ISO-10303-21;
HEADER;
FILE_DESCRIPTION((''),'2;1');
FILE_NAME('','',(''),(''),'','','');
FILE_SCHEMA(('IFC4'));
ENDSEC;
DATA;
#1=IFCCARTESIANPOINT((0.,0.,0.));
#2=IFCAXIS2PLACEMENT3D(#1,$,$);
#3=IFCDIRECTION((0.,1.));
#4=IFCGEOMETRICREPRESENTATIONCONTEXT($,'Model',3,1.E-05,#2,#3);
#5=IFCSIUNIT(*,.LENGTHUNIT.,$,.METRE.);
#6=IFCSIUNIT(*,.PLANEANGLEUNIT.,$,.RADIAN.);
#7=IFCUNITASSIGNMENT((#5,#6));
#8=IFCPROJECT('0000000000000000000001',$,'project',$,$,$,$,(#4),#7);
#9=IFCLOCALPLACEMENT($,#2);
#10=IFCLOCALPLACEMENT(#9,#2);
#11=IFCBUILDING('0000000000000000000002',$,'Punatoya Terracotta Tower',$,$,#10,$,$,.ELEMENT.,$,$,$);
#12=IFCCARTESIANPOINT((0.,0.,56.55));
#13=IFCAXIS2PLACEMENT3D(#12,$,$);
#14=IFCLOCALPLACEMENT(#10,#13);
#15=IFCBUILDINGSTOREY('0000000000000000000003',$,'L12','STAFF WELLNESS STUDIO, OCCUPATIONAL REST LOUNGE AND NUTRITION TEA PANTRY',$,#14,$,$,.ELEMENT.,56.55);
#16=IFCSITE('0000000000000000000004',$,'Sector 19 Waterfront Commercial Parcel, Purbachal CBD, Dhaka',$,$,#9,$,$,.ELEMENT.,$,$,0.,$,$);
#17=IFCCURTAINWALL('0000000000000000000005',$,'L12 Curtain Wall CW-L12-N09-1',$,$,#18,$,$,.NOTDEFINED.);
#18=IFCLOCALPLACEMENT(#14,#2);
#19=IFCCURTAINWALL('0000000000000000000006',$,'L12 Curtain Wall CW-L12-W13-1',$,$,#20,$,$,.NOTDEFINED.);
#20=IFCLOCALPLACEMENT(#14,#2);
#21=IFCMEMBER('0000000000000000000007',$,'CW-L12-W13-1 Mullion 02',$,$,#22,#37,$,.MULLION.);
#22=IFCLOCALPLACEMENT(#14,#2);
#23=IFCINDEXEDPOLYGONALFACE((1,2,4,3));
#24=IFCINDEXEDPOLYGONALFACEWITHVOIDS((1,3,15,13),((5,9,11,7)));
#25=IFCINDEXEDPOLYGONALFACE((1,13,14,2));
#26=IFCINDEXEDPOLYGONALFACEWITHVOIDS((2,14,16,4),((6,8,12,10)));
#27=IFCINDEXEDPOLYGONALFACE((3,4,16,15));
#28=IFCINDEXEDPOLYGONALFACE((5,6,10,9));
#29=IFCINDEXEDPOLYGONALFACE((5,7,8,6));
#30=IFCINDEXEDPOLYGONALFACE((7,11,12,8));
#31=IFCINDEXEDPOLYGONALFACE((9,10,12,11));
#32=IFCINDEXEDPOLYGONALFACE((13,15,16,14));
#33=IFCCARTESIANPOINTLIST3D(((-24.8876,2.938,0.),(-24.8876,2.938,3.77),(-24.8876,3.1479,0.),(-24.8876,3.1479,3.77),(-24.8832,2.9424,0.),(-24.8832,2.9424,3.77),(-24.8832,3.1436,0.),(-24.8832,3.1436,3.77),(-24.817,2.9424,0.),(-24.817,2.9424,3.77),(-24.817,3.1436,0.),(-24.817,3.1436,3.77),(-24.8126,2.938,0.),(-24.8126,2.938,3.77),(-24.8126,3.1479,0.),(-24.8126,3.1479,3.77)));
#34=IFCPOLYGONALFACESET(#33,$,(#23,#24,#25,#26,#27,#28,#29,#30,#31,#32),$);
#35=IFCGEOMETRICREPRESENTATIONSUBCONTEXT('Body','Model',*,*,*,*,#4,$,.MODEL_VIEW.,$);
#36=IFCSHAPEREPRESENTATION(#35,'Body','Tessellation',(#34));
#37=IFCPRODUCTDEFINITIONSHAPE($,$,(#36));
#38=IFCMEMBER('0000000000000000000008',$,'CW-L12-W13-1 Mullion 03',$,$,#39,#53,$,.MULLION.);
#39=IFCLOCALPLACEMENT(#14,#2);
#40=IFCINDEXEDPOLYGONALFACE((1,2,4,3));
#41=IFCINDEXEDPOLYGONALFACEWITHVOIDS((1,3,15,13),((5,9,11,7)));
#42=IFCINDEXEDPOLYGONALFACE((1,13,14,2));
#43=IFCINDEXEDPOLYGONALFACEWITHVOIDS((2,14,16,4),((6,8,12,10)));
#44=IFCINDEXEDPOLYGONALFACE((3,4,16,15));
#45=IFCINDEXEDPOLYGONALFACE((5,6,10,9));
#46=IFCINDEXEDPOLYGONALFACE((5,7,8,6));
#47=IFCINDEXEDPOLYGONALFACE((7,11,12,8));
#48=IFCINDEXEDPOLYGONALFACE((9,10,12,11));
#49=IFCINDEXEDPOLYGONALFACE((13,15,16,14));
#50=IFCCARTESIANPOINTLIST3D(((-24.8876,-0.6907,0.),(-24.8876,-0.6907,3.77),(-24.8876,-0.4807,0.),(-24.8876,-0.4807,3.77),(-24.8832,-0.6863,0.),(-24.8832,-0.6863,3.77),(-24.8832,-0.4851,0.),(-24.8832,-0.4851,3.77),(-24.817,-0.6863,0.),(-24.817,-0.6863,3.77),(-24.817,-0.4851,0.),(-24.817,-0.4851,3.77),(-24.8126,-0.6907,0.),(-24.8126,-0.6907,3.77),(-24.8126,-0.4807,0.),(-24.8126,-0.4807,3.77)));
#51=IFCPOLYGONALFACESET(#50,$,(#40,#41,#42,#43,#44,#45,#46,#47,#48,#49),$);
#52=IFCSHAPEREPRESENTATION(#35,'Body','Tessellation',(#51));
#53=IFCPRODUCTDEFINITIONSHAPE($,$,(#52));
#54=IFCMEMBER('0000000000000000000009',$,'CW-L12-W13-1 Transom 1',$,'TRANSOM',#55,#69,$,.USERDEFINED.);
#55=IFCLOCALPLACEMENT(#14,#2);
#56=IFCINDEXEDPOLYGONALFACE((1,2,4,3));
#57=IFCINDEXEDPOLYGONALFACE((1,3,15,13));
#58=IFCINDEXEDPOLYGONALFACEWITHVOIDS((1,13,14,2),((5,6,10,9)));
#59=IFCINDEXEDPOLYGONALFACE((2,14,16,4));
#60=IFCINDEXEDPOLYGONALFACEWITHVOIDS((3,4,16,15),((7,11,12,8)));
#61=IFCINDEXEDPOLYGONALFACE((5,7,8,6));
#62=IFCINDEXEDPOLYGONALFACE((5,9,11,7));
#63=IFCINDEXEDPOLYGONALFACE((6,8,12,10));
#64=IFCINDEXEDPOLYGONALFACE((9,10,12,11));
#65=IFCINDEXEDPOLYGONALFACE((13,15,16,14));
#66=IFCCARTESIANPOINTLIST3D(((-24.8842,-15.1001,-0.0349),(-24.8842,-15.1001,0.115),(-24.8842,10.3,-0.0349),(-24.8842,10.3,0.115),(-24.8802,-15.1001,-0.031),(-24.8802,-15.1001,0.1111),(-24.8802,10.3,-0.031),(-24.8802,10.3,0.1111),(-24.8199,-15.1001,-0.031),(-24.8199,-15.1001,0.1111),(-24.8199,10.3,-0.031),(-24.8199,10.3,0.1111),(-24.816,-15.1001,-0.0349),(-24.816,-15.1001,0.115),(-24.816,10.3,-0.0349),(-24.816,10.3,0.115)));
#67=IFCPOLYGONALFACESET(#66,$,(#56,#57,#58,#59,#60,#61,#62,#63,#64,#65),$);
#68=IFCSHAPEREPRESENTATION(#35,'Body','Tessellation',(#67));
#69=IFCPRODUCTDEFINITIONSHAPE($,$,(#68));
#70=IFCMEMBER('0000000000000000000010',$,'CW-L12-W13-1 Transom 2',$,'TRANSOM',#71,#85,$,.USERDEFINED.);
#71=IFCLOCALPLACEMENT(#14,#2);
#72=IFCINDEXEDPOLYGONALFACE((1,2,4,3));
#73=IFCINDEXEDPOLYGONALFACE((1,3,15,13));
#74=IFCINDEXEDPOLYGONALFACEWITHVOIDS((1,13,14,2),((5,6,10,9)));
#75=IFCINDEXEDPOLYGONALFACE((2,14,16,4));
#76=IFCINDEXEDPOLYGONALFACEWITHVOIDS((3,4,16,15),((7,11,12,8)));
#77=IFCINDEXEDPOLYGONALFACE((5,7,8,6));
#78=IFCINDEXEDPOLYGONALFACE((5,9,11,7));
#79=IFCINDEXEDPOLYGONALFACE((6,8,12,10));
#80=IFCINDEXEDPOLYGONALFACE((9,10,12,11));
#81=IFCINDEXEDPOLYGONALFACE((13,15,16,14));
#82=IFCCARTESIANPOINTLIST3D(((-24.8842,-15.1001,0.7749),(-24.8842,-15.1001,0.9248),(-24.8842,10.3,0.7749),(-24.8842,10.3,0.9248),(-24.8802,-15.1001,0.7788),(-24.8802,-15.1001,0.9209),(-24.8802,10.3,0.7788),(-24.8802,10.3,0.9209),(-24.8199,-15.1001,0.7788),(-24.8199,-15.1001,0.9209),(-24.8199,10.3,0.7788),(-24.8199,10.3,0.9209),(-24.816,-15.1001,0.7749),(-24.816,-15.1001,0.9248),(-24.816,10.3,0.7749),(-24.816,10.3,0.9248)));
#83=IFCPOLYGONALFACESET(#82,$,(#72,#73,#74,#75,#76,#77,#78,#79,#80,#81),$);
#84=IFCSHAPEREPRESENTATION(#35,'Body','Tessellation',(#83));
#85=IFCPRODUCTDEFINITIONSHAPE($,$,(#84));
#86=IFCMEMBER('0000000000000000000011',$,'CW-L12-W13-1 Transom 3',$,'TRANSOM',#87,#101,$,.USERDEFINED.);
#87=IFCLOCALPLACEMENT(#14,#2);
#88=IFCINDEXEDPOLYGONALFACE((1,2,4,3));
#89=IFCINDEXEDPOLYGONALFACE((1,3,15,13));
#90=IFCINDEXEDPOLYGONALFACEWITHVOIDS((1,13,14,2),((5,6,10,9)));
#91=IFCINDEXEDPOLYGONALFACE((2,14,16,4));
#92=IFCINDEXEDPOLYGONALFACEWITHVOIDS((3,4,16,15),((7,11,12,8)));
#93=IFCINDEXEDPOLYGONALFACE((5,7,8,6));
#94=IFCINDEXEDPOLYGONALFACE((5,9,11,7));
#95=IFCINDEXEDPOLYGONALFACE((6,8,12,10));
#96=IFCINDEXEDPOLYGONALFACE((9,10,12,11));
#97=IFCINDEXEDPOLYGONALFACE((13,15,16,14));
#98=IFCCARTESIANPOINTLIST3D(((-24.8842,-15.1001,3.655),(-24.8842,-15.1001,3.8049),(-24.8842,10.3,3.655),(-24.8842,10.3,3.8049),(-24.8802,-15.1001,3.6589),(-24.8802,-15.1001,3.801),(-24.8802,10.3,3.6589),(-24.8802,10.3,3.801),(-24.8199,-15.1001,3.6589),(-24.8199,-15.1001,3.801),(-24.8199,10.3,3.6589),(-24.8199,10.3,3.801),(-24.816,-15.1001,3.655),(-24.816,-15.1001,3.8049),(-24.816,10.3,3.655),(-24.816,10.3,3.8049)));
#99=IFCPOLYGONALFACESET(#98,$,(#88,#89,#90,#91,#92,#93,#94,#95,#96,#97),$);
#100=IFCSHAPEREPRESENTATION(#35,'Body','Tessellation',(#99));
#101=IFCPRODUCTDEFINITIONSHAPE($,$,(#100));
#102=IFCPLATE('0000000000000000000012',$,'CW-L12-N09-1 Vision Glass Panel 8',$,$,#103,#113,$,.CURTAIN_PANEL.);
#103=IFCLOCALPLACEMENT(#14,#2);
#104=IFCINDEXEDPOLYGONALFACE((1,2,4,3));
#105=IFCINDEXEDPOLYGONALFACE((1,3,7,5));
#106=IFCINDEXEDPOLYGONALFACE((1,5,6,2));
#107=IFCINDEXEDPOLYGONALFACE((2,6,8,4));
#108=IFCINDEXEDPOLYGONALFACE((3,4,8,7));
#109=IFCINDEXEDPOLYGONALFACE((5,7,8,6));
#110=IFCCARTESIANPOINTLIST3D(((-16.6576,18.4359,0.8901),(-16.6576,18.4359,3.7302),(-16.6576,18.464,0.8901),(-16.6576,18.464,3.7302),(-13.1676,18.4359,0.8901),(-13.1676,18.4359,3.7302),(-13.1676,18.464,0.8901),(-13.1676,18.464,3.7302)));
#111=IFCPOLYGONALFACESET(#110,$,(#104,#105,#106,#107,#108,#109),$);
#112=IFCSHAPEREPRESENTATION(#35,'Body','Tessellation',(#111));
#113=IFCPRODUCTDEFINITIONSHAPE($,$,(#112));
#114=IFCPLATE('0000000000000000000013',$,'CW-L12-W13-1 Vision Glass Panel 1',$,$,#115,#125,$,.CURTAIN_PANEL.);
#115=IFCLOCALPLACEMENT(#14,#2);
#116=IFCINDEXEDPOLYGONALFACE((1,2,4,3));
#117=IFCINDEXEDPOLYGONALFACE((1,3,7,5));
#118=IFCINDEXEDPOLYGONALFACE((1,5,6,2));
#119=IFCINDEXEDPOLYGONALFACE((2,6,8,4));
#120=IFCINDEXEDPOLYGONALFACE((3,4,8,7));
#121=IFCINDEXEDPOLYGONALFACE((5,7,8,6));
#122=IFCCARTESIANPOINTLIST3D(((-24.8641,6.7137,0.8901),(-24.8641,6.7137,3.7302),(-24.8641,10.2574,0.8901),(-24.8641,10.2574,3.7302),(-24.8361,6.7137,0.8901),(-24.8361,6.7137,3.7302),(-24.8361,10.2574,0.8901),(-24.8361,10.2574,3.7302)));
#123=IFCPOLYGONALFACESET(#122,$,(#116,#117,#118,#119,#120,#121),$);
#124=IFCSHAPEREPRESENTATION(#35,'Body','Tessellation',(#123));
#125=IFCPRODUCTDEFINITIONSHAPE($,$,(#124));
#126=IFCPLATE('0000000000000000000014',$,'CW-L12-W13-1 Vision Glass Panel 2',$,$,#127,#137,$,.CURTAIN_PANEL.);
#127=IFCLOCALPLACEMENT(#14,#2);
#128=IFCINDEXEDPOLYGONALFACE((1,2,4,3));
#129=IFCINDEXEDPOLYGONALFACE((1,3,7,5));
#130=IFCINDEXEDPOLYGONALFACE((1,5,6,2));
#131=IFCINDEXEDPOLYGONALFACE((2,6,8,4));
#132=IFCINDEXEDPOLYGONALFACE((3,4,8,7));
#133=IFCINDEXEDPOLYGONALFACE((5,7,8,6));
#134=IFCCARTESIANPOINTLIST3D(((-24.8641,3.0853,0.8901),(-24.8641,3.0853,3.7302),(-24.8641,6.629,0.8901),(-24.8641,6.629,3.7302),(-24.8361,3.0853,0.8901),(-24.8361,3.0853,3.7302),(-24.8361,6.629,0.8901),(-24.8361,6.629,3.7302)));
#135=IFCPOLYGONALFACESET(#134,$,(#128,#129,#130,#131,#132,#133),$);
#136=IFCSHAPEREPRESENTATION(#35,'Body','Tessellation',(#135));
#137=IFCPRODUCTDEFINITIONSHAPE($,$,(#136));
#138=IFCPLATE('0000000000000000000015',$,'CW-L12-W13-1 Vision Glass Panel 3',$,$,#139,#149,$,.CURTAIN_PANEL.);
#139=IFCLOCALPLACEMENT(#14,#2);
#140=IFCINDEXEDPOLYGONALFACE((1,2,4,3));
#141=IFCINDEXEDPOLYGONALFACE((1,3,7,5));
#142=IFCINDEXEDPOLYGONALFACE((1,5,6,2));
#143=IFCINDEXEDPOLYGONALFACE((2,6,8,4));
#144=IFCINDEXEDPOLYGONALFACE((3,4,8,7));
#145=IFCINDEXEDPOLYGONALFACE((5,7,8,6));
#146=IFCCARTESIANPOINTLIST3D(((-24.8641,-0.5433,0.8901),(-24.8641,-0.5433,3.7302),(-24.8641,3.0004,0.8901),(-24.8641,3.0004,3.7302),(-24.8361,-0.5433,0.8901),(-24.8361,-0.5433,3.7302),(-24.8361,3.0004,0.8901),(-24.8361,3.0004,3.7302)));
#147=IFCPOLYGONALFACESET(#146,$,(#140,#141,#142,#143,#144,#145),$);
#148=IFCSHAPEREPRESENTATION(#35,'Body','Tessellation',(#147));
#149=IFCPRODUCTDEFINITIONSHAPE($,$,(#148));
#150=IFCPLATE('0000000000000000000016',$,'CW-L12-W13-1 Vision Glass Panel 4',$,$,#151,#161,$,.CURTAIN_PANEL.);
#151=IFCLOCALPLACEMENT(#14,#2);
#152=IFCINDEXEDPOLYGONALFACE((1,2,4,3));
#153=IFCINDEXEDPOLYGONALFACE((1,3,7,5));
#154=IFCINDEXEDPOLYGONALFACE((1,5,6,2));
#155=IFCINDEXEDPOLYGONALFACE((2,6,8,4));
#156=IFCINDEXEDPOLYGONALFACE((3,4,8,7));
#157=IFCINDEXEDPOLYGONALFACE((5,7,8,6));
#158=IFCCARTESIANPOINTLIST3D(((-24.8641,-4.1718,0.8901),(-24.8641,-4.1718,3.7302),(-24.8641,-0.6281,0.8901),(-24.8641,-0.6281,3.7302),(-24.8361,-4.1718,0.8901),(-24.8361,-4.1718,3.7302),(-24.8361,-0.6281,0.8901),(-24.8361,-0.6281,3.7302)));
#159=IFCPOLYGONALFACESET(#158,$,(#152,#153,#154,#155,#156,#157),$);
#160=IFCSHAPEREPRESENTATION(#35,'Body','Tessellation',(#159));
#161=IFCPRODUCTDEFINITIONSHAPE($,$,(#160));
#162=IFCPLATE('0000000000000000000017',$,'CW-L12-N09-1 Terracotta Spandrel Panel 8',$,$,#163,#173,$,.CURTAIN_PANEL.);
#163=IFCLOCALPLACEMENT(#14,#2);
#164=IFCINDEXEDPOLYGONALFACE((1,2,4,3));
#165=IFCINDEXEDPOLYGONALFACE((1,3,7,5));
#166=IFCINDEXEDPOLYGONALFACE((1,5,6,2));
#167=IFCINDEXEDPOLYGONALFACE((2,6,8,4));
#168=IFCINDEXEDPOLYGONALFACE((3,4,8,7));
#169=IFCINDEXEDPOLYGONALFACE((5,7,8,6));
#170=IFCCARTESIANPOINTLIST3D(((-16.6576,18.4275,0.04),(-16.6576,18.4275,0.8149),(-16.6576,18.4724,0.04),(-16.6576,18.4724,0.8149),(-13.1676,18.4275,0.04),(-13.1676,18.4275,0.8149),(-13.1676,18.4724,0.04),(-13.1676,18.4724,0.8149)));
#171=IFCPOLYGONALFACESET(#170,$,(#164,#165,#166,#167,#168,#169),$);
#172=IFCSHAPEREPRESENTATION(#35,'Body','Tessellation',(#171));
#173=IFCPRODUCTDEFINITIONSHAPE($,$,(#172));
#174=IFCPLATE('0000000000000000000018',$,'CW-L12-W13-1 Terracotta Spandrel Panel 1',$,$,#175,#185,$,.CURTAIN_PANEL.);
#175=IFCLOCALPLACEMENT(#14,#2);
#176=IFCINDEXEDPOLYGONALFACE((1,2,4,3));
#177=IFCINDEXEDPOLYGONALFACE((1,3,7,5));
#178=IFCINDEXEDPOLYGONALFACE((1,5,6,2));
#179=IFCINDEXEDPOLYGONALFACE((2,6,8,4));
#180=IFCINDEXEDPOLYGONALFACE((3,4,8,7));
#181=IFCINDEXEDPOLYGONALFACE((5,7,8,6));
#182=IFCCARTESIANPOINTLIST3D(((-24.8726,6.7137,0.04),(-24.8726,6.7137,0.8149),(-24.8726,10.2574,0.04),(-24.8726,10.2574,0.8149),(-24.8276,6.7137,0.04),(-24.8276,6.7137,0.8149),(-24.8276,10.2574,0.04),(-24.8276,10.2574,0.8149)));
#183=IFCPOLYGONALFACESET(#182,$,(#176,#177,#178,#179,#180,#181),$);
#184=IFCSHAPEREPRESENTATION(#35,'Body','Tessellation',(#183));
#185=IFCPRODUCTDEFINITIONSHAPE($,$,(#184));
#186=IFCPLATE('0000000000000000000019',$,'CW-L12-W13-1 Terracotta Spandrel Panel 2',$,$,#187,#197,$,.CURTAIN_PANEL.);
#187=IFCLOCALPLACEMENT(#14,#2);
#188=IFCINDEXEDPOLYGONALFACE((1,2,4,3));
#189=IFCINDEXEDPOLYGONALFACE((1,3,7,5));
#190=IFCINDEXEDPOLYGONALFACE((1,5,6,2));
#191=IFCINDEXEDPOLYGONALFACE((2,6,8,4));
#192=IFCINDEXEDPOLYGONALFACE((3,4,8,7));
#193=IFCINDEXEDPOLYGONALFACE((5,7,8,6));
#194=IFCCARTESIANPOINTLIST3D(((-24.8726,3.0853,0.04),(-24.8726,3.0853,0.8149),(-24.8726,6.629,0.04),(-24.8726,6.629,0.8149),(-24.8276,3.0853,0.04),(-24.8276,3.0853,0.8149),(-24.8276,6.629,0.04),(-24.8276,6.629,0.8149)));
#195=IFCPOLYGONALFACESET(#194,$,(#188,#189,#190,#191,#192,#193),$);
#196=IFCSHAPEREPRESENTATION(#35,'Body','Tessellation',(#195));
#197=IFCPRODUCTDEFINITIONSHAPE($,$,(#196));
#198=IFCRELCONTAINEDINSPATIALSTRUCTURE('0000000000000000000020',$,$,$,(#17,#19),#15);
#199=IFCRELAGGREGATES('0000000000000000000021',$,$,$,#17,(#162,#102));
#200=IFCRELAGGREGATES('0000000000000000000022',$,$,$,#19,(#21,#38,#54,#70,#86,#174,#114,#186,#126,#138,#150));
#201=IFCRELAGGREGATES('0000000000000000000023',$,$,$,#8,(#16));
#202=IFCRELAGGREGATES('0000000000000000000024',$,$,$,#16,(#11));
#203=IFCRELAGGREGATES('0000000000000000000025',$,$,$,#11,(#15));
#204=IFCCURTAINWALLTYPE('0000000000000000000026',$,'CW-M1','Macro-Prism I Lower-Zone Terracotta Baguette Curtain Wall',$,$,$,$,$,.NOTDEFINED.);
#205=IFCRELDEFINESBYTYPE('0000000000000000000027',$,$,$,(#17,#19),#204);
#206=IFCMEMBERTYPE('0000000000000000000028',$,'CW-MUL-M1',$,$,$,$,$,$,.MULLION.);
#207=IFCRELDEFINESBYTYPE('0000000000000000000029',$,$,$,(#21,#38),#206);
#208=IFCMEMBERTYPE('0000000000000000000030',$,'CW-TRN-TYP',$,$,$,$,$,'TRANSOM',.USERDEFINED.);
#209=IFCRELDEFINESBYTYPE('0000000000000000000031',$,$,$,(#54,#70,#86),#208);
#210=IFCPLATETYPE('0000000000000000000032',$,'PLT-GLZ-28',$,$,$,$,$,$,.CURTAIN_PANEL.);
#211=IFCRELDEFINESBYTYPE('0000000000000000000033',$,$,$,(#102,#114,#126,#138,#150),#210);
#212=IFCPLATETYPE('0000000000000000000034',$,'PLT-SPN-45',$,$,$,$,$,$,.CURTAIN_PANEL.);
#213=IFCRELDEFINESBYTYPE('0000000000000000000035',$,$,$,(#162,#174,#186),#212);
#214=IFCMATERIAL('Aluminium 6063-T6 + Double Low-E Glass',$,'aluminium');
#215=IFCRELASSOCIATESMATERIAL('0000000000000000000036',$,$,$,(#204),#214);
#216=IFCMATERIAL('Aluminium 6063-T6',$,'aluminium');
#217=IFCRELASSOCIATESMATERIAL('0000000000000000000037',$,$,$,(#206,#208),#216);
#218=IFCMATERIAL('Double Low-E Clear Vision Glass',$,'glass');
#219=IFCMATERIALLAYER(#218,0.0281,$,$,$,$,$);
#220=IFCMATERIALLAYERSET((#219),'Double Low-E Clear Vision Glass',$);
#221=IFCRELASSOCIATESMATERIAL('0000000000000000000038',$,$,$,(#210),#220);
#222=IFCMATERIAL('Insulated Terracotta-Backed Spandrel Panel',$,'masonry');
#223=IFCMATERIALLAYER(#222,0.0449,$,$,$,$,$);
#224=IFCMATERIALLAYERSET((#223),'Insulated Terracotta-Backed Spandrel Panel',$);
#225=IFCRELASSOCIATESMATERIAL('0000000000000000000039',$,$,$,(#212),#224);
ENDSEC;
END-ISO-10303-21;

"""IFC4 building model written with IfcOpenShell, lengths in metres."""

from ifc_helpers import new_model, si_unit, direction, frame, origin, origin_2d, place, context, subcontext, project, spatial, rectangle, hollow_rectangle, extrude, material, layer, layer_set, material_profile, profile_set, type_object, element, aggregate, save


model = new_model("IFC4")

# Units and contexts
model_context = context("Model", 3, precision=1e-05, world=origin(), true_north=direction((0.0, 1.0)))
body_context = subcontext(model_context, "Body", "Model", "MODEL_VIEW")
ifc_project = project(units=[si_unit("LENGTHUNIT", "METRE"), si_unit("PLANEANGLEUNIT", "RADIAN")], contexts=[model_context])

# Site, building, storey
site_placement = place(None, origin())
site = spatial("IfcSite", under=ifc_project, at=site_placement, Name="Sector 19 Waterfront Commercial Parcel, Purbachal CBD, Dhaka", CompositionType="ELEMENT", RefElevation=0.0)
building_placement = place(site_placement, origin())
building = spatial("IfcBuilding", under=site, at=building_placement, Name="Punatoya Terracotta Tower", CompositionType="ELEMENT")
storey_placement = place(building_placement, frame((0.0, 0.0, 56.55)))
storey = spatial("IfcBuildingStorey", under=building, at=storey_placement, Name="L12", Description="STAFF WELLNESS STUDIO, OCCUPATIONAL REST LOUNGE AND NUTRITION TEA PANTRY", CompositionType="ELEMENT", Elevation=56.55)

# Curtain wall
ifc_material_1 = material(Name="Aluminium 6063-T6 + Double Low-E Glass", Category="aluminium")
curtain_wall_type = type_object("IfcCurtainWallType", Name="CW-M1", Description="Macro-Prism I Lower-Zone Terracotta Baguette Curtain Wall", PredefinedType="NOTDEFINED", material=ifc_material_1)
curtain_wall_1_placement = place(storey_placement, origin())
curtain_wall_1 = element("IfcCurtainWall", 1, at=curtain_wall_1_placement, inside=storey, type_object=curtain_wall_type, Name="L12 Curtain Wall CW-L12-N09-1", PredefinedType="NOTDEFINED")
ifc_material_2 = material(Name="Aluminium 6063-T6", Category="aluminium")
ifc_material_profile_1 = material_profile(ifc_material_2, hollow_rectangle(XDim=0.075, YDim=0.21, WallThickness=0.0044, at=origin_2d()))
ifc_profile_set_1 = profile_set([ifc_material_profile_1], Name="Aluminium 6063-T6")
member_type_1 = type_object("IfcMemberType", Name="CW-MUL-M1", PredefinedType="MULLION", material=ifc_profile_set_1)

# Curtain wall, members
curtain_wall_2_placement = place(storey_placement, origin())
curtain_wall_2 = element("IfcCurtainWall", 2, at=curtain_wall_2_placement, inside=storey, type_object=curtain_wall_type, Name="L12 Curtain Wall CW-L12-W13-1", PredefinedType="NOTDEFINED")
member_1_placement = place(storey_placement, frame((-24.8501, 3.043, 0.0), z_axis=(0.0, 0.0, 1.0), x_axis=(1.0, 0.0, 0.0)))
member_1 = element("IfcMember", 3, at=member_1_placement, type_object=member_type_1, Name="CW-L12-W13-1 Mullion 02", PredefinedType="MULLION", context=body_context, shape_type="SweptSolid", body=[
    extrude(hollow_rectangle(XDim=0.075, YDim=0.21, WallThickness=0.0044, at=origin_2d()), origin(), (0.0, 0.0, 1.0), 3.77),
])
member_2_placement = place(storey_placement, frame((-24.8501, -0.5857, 0.0), z_axis=(0.0, 0.0, 1.0), x_axis=(1.0, 0.0, 0.0)))
member_2 = element("IfcMember", 4, at=member_2_placement, type_object=member_type_1, Name="CW-L12-W13-1 Mullion 03", PredefinedType="MULLION", context=body_context, shape_type="SweptSolid", body=[
    extrude(hollow_rectangle(XDim=0.075, YDim=0.21, WallThickness=0.0044, at=origin_2d()), origin(), (0.0, 0.0, 1.0), 3.77),
])
ifc_material_profile_2 = material_profile(ifc_material_2, hollow_rectangle(XDim=0.0681, YDim=0.1499, WallThickness=0.0039, at=origin_2d()))
ifc_profile_set_2 = profile_set([ifc_material_profile_2], Name="Aluminium 6063-T6")
member_type_2 = type_object("IfcMemberType", Name="CW-TRN-TYP", ElementType="TRANSOM", PredefinedType="USERDEFINED", material=ifc_profile_set_2)
member_3_placement = place(storey_placement, frame((-24.8501, 10.3, 0.04), z_axis=(0.0, -1.0, 0.0), x_axis=(1.0, 0.0, 0.0)))
member_3 = element("IfcMember", 5, at=member_3_placement, type_object=member_type_2, Name="CW-L12-W13-1 Transom 1", ObjectType="TRANSOM", PredefinedType="USERDEFINED", context=body_context, shape_type="SweptSolid", body=[
    extrude(hollow_rectangle(XDim=0.0681, YDim=0.1499, WallThickness=0.0039, at=origin_2d()), origin(), (0.0, 0.0, 1.0), 25.4001),
])
member_4_placement = place(storey_placement, frame((-24.8501, 10.3, 0.8499), z_axis=(0.0, -1.0, 0.0), x_axis=(1.0, 0.0, 0.0)))
member_4 = element("IfcMember", 6, at=member_4_placement, type_object=member_type_2, Name="CW-L12-W13-1 Transom 2", ObjectType="TRANSOM", PredefinedType="USERDEFINED", context=body_context, shape_type="SweptSolid", body=[
    extrude(hollow_rectangle(XDim=0.0681, YDim=0.1499, WallThickness=0.0039, at=origin_2d()), origin(), (0.0, 0.0, 1.0), 25.4001),
])
member_5_placement = place(storey_placement, frame((-24.8501, 10.3, 3.73), z_axis=(0.0, -1.0, 0.0), x_axis=(1.0, 0.0, 0.0)))
member_5 = element("IfcMember", 7, at=member_5_placement, type_object=member_type_2, Name="CW-L12-W13-1 Transom 3", ObjectType="TRANSOM", PredefinedType="USERDEFINED", context=body_context, shape_type="SweptSolid", body=[
    extrude(hollow_rectangle(XDim=0.0681, YDim=0.1499, WallThickness=0.0039, at=origin_2d()), origin(), (0.0, 0.0, 1.0), 25.4001),
])

# Plates
ifc_material_3 = material(Name="Double Low-E Clear Vision Glass", Category="glass")
ifc_layer_1 = layer(ifc_material_3, 0.0281)
ifc_layer_set_1 = layer_set([ifc_layer_1], Name="Double Low-E Clear Vision Glass")
plate_type_1 = type_object("IfcPlateType", Name="PLT-GLZ-28", PredefinedType="CURTAIN_PANEL", material=ifc_layer_set_1)
plate_1_placement = place(storey_placement, frame((-14.9126, 18.45, 0.8901), z_axis=(0.0, 0.0, 1.0), x_axis=(-1.0, 0.0, 0.0)))
plate_1 = element("IfcPlate", 8, at=plate_1_placement, type_object=plate_type_1, Name="CW-L12-N09-1 Vision Glass Panel 8", PredefinedType="CURTAIN_PANEL", context=body_context, shape_type="SweptSolid", body=[
    extrude(rectangle(XDim=3.49, YDim=0.0281, at=origin_2d()), origin(), (0.0, 0.0, 1.0), 2.8401),
])
plate_2_placement = place(storey_placement, frame((-24.8501, 8.4856, 0.8901), z_axis=(0.0, 0.0, 1.0), x_axis=(0.0, -1.0, 0.0)))
plate_2 = element("IfcPlate", 9, at=plate_2_placement, type_object=plate_type_1, Name="CW-L12-W13-1 Vision Glass Panel 1", PredefinedType="CURTAIN_PANEL", context=body_context, shape_type="SweptSolid", body=[
    extrude(rectangle(XDim=3.5437, YDim=0.0281, at=origin_2d()), origin(), (0.0, 0.0, 1.0), 2.8401),
])
plate_3_placement = place(storey_placement, frame((-24.8501, 4.8572, 0.8901), z_axis=(0.0, 0.0, 1.0), x_axis=(0.0, -1.0, 0.0)))
plate_3 = element("IfcPlate", 10, at=plate_3_placement, type_object=plate_type_1, Name="CW-L12-W13-1 Vision Glass Panel 2", PredefinedType="CURTAIN_PANEL", context=body_context, shape_type="SweptSolid", body=[
    extrude(rectangle(XDim=3.5437, YDim=0.0281, at=origin_2d()), origin(), (0.0, 0.0, 1.0), 2.8401),
])
plate_4_placement = place(storey_placement, frame((-24.8501, 1.2285, 0.8901), z_axis=(0.0, 0.0, 1.0), x_axis=(0.0, -1.0, 0.0)))
plate_4 = element("IfcPlate", 11, at=plate_4_placement, type_object=plate_type_1, Name="CW-L12-W13-1 Vision Glass Panel 3", PredefinedType="CURTAIN_PANEL", context=body_context, shape_type="SweptSolid", body=[
    extrude(rectangle(XDim=3.5437, YDim=0.0281, at=origin_2d()), origin(), (0.0, 0.0, 1.0), 2.8401),
])
plate_5_placement = place(storey_placement, frame((-24.8501, -2.3999, 0.8901), z_axis=(0.0, 0.0, 1.0), x_axis=(0.0, -1.0, 0.0)))
plate_5 = element("IfcPlate", 12, at=plate_5_placement, type_object=plate_type_1, Name="CW-L12-W13-1 Vision Glass Panel 4", PredefinedType="CURTAIN_PANEL", context=body_context, shape_type="SweptSolid", body=[
    extrude(rectangle(XDim=3.5437, YDim=0.0281, at=origin_2d()), origin(), (0.0, 0.0, 1.0), 2.8401),
])
ifc_material_4 = material(Name="Insulated Terracotta-Backed Spandrel Panel", Category="masonry")
ifc_layer_2 = layer(ifc_material_4, 0.0449)
ifc_layer_set_2 = layer_set([ifc_layer_2], Name="Insulated Terracotta-Backed Spandrel Panel")
plate_type_2 = type_object("IfcPlateType", Name="PLT-SPN-45", PredefinedType="CURTAIN_PANEL", material=ifc_layer_set_2)
plate_6_placement = place(storey_placement, frame((-14.9126, 18.45, 0.04), z_axis=(0.0, 0.0, 1.0), x_axis=(-1.0, 0.0, 0.0)))
plate_6 = element("IfcPlate", 13, at=plate_6_placement, type_object=plate_type_2, Name="CW-L12-N09-1 Terracotta Spandrel Panel 8", PredefinedType="CURTAIN_PANEL", context=body_context, shape_type="SweptSolid", body=[
    extrude(rectangle(XDim=3.49, YDim=0.0449, at=origin_2d()), origin(), (0.0, 0.0, 1.0), 0.7749),
])
aggregate(curtain_wall_1, [plate_6, plate_1])
plate_7_placement = place(storey_placement, frame((-24.8501, 8.4856, 0.04), z_axis=(0.0, 0.0, 1.0), x_axis=(0.0, -1.0, 0.0)))
plate_7 = element("IfcPlate", 14, at=plate_7_placement, type_object=plate_type_2, Name="CW-L12-W13-1 Terracotta Spandrel Panel 1", PredefinedType="CURTAIN_PANEL", context=body_context, shape_type="SweptSolid", body=[
    extrude(rectangle(XDim=3.5437, YDim=0.0449, at=origin_2d()), origin(), (0.0, 0.0, 1.0), 0.7749),
])
plate_8_placement = place(storey_placement, frame((-24.8501, 4.8572, 0.04), z_axis=(0.0, 0.0, 1.0), x_axis=(0.0, -1.0, 0.0)))
plate_8 = element("IfcPlate", 15, at=plate_8_placement, type_object=plate_type_2, Name="CW-L12-W13-1 Terracotta Spandrel Panel 2", PredefinedType="CURTAIN_PANEL", context=body_context, shape_type="SweptSolid", body=[
    extrude(rectangle(XDim=3.5437, YDim=0.0449, at=origin_2d()), origin(), (0.0, 0.0, 1.0), 0.7749),
])
aggregate(curtain_wall_2, [member_1, member_2, member_3, member_4, member_5, plate_7, plate_2, plate_8, plate_3, plate_4, plate_5])

save(model, "model.ifc")
